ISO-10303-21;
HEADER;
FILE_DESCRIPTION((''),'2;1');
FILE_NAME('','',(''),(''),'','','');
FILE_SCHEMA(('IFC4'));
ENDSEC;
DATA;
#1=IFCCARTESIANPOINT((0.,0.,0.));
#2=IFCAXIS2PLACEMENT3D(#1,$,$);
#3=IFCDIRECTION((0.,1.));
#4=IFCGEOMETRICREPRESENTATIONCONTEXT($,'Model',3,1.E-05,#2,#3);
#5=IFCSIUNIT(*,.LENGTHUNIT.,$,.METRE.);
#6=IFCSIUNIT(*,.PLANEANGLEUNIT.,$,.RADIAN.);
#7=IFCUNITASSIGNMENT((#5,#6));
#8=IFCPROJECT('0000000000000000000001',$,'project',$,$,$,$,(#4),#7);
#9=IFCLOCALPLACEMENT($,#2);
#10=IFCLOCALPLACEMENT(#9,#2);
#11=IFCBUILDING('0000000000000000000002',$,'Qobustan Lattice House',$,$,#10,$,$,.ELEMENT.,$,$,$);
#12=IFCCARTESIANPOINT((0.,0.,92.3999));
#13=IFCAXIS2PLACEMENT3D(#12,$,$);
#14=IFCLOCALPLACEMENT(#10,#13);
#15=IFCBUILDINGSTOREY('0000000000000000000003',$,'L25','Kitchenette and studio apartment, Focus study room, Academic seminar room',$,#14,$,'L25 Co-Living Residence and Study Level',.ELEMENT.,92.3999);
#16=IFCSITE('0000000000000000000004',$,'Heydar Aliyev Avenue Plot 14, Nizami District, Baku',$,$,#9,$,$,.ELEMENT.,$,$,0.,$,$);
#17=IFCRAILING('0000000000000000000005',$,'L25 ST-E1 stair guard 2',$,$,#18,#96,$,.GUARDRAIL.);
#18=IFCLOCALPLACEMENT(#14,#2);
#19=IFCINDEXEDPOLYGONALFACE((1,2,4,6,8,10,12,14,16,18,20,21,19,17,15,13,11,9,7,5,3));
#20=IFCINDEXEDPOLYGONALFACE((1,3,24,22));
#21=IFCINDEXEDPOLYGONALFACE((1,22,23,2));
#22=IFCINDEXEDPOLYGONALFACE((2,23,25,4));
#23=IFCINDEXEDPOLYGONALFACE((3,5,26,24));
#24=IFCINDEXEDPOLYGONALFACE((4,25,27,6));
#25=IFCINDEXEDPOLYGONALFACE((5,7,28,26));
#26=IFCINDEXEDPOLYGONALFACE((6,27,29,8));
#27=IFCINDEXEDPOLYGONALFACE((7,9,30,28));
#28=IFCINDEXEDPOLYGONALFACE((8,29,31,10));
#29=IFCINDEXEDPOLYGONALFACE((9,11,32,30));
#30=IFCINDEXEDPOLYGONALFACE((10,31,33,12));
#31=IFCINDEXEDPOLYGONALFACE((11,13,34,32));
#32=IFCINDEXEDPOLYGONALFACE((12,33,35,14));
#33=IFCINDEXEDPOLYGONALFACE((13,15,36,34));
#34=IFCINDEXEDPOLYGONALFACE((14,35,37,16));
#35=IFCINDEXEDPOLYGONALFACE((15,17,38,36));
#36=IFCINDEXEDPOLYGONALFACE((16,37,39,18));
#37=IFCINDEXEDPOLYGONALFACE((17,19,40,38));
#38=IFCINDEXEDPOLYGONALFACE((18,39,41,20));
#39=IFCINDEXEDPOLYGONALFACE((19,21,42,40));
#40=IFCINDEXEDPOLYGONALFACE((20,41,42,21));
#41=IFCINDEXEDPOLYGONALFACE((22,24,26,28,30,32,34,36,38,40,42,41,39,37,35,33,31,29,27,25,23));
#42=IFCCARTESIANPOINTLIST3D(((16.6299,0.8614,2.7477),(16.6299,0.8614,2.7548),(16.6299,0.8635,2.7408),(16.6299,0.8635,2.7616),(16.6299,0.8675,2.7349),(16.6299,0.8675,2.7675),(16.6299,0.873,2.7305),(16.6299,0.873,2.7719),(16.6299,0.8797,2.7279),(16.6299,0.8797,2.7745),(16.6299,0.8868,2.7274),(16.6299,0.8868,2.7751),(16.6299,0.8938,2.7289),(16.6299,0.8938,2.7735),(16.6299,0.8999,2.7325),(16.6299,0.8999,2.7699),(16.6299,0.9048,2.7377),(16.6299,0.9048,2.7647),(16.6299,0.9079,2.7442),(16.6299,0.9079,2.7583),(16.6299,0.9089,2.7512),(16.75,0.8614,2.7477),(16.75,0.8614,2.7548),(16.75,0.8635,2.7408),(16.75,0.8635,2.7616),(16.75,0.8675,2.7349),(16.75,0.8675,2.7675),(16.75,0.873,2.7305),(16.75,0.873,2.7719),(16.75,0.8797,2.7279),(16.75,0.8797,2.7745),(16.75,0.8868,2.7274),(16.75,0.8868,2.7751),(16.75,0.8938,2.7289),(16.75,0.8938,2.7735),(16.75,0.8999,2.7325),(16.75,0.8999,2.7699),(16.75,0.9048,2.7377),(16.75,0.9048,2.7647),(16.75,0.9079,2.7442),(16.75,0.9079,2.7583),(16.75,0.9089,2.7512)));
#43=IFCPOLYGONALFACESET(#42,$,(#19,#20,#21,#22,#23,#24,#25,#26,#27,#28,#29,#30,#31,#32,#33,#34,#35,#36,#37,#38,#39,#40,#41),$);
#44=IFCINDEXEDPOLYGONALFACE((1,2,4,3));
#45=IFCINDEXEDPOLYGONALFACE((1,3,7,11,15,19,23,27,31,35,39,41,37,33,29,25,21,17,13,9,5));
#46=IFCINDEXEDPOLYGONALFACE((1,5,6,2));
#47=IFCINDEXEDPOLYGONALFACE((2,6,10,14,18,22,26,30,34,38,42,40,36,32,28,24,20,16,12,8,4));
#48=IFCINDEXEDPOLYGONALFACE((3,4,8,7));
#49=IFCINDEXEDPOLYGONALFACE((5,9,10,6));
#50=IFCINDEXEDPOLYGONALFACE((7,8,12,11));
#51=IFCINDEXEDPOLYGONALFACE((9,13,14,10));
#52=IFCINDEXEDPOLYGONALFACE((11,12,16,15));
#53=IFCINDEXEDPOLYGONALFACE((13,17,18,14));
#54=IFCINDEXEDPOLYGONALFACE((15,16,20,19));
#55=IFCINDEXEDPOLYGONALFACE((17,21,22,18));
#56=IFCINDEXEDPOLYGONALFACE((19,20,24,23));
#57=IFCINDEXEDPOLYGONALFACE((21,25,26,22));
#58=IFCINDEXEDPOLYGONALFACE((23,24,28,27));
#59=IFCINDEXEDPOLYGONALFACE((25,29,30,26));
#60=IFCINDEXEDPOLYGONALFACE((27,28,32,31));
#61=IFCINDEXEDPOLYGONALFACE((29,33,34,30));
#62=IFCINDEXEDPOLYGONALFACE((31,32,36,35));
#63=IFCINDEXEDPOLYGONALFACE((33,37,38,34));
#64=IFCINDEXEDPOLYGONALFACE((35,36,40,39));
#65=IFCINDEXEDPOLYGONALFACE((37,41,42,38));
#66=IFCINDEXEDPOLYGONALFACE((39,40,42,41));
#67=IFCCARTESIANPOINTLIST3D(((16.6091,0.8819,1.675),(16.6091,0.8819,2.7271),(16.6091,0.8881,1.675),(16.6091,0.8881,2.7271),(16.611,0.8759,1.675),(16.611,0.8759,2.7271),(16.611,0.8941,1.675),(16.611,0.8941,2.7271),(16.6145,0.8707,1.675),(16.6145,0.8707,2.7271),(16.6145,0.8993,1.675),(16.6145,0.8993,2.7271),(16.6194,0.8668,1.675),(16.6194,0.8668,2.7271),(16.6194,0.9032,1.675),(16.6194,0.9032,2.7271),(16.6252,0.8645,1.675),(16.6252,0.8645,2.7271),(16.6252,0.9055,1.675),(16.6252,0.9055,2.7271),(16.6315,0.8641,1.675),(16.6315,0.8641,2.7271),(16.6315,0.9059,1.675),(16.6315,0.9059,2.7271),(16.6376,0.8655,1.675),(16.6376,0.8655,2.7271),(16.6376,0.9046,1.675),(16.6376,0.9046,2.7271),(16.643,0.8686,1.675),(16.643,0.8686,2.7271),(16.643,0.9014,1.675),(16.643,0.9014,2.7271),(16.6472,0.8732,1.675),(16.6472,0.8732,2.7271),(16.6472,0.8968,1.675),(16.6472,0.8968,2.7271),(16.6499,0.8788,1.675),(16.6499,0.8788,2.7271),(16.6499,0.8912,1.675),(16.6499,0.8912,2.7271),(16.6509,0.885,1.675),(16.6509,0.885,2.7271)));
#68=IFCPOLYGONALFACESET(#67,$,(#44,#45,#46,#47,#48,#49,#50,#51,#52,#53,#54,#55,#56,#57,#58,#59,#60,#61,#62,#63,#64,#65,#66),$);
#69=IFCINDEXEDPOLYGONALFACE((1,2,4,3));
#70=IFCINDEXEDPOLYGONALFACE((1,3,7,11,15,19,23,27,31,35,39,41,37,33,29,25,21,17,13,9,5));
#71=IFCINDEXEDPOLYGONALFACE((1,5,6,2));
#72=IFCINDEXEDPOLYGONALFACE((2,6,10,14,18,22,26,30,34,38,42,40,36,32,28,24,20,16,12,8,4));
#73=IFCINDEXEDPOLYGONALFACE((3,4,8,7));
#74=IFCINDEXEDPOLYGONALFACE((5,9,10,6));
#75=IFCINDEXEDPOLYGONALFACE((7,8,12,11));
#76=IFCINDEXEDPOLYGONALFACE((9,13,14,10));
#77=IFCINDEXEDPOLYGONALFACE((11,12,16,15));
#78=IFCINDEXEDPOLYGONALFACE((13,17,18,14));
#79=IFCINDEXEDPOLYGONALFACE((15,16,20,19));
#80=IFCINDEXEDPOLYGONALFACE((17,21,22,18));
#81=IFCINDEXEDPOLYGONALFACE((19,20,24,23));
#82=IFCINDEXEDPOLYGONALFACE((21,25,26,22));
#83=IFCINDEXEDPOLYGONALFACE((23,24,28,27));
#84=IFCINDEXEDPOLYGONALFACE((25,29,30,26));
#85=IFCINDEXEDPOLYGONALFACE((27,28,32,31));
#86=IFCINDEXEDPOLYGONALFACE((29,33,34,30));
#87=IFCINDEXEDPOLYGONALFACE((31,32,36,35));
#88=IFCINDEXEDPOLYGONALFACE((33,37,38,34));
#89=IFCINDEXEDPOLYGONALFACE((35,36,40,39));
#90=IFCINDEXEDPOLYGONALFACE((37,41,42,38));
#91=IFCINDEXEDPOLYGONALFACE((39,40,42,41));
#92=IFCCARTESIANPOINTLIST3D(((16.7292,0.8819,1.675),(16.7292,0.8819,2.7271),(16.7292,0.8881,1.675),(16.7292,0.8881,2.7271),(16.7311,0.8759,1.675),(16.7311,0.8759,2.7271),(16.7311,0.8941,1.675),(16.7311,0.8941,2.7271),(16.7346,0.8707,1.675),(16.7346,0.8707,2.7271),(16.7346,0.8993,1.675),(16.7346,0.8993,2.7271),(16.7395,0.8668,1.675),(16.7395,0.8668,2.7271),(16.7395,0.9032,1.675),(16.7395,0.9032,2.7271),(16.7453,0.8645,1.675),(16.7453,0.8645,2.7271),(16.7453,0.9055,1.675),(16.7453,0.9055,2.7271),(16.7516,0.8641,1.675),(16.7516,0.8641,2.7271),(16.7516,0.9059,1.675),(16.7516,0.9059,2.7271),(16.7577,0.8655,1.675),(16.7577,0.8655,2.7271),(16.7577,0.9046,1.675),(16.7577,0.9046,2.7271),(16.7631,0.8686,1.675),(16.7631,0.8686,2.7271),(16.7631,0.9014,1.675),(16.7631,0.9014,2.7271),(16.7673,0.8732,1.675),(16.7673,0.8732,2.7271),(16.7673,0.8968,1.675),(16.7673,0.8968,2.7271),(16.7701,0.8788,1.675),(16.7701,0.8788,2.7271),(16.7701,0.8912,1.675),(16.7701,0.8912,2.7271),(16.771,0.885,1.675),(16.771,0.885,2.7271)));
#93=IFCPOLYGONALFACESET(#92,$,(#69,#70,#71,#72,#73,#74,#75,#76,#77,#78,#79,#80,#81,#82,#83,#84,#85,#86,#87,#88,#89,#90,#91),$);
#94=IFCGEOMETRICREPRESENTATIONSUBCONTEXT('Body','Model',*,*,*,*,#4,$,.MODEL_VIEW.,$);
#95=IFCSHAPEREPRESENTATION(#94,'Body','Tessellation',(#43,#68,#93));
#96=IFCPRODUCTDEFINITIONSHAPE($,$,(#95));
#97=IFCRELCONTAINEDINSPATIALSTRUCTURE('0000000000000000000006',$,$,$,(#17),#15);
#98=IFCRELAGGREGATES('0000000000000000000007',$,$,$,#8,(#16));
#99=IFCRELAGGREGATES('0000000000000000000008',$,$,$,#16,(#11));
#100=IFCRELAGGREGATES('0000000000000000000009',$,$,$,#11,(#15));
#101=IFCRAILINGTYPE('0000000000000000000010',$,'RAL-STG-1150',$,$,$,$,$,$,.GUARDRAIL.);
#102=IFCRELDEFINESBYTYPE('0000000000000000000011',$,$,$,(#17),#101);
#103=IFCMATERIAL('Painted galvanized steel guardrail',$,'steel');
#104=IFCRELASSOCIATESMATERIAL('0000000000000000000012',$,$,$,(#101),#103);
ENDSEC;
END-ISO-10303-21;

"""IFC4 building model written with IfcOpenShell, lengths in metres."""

from ifc_helpers import new_model, si_unit, direction, frame, origin, origin_2d, place, context, subcontext, project, spatial, circle, extrude, material, type_object, element, save


model = new_model("IFC4")

# Units and contexts
model_context = context("Model", 3, precision=1e-05, world=origin(), true_north=direction((0.0, 1.0)))
body_context = subcontext(model_context, "Body", "Model", "MODEL_VIEW")
ifc_project = project(units=[si_unit("LENGTHUNIT", "METRE"), si_unit("PLANEANGLEUNIT", "RADIAN")], contexts=[model_context])

# Site, building, storey
site_placement = place(None, origin())
site = spatial("IfcSite", under=ifc_project, at=site_placement, Name="Heydar Aliyev Avenue Plot 14, Nizami District, Baku", CompositionType="ELEMENT", RefElevation=0.0)
building_placement = place(site_placement, origin())
building = spatial("IfcBuilding", under=site, at=building_placement, Name="Qobustan Lattice House", CompositionType="ELEMENT")
storey_placement = place(building_placement, frame((0.0, 0.0, 92.3999)))
storey = spatial("IfcBuildingStorey", under=building, at=storey_placement, Name="L25", Description="Kitchenette and studio apartment, Focus study room, Academic seminar room", LongName="L25 Co-Living Residence and Study Level", CompositionType="ELEMENT", Elevation=92.3999)

# Railing
ifc_material_1 = material(Name="Painted galvanized steel guardrail", Category="steel")
railing_type_1 = type_object("IfcRailingType", Name="RAL-STG-1150", PredefinedType="GUARDRAIL", material=ifc_material_1)
railing_1_placement = place(storey_placement, frame((16.6299, 0.885, 1.675)))
element("IfcRailing", 1, at=railing_1_placement, inside=storey, type_object=railing_type_1, Name="L25 ST-E1 stair guard 2", PredefinedType="GUARDRAIL", context=body_context, shape_type="SweptSolid", body=[
    extrude(circle(Radius=0.0239, at=origin_2d()), frame((0.0, 0.0, 1.0762), z_axis=(1.0, 0.0, 0.0), x_axis=(0.0, 1.0, 0.0)), (0.0, 0.0, 1.0), 0.1201),
    extrude(circle(Radius=0.021, at=origin_2d()), origin(), (0.0, 0.0, 1.0), 1.052),
    extrude(circle(Radius=0.021, at=origin_2d()), frame((0.1201, 0.0, 0.0)), (0.0, 0.0, 1.0), 1.052),
])

save(model, "model.ifc")
